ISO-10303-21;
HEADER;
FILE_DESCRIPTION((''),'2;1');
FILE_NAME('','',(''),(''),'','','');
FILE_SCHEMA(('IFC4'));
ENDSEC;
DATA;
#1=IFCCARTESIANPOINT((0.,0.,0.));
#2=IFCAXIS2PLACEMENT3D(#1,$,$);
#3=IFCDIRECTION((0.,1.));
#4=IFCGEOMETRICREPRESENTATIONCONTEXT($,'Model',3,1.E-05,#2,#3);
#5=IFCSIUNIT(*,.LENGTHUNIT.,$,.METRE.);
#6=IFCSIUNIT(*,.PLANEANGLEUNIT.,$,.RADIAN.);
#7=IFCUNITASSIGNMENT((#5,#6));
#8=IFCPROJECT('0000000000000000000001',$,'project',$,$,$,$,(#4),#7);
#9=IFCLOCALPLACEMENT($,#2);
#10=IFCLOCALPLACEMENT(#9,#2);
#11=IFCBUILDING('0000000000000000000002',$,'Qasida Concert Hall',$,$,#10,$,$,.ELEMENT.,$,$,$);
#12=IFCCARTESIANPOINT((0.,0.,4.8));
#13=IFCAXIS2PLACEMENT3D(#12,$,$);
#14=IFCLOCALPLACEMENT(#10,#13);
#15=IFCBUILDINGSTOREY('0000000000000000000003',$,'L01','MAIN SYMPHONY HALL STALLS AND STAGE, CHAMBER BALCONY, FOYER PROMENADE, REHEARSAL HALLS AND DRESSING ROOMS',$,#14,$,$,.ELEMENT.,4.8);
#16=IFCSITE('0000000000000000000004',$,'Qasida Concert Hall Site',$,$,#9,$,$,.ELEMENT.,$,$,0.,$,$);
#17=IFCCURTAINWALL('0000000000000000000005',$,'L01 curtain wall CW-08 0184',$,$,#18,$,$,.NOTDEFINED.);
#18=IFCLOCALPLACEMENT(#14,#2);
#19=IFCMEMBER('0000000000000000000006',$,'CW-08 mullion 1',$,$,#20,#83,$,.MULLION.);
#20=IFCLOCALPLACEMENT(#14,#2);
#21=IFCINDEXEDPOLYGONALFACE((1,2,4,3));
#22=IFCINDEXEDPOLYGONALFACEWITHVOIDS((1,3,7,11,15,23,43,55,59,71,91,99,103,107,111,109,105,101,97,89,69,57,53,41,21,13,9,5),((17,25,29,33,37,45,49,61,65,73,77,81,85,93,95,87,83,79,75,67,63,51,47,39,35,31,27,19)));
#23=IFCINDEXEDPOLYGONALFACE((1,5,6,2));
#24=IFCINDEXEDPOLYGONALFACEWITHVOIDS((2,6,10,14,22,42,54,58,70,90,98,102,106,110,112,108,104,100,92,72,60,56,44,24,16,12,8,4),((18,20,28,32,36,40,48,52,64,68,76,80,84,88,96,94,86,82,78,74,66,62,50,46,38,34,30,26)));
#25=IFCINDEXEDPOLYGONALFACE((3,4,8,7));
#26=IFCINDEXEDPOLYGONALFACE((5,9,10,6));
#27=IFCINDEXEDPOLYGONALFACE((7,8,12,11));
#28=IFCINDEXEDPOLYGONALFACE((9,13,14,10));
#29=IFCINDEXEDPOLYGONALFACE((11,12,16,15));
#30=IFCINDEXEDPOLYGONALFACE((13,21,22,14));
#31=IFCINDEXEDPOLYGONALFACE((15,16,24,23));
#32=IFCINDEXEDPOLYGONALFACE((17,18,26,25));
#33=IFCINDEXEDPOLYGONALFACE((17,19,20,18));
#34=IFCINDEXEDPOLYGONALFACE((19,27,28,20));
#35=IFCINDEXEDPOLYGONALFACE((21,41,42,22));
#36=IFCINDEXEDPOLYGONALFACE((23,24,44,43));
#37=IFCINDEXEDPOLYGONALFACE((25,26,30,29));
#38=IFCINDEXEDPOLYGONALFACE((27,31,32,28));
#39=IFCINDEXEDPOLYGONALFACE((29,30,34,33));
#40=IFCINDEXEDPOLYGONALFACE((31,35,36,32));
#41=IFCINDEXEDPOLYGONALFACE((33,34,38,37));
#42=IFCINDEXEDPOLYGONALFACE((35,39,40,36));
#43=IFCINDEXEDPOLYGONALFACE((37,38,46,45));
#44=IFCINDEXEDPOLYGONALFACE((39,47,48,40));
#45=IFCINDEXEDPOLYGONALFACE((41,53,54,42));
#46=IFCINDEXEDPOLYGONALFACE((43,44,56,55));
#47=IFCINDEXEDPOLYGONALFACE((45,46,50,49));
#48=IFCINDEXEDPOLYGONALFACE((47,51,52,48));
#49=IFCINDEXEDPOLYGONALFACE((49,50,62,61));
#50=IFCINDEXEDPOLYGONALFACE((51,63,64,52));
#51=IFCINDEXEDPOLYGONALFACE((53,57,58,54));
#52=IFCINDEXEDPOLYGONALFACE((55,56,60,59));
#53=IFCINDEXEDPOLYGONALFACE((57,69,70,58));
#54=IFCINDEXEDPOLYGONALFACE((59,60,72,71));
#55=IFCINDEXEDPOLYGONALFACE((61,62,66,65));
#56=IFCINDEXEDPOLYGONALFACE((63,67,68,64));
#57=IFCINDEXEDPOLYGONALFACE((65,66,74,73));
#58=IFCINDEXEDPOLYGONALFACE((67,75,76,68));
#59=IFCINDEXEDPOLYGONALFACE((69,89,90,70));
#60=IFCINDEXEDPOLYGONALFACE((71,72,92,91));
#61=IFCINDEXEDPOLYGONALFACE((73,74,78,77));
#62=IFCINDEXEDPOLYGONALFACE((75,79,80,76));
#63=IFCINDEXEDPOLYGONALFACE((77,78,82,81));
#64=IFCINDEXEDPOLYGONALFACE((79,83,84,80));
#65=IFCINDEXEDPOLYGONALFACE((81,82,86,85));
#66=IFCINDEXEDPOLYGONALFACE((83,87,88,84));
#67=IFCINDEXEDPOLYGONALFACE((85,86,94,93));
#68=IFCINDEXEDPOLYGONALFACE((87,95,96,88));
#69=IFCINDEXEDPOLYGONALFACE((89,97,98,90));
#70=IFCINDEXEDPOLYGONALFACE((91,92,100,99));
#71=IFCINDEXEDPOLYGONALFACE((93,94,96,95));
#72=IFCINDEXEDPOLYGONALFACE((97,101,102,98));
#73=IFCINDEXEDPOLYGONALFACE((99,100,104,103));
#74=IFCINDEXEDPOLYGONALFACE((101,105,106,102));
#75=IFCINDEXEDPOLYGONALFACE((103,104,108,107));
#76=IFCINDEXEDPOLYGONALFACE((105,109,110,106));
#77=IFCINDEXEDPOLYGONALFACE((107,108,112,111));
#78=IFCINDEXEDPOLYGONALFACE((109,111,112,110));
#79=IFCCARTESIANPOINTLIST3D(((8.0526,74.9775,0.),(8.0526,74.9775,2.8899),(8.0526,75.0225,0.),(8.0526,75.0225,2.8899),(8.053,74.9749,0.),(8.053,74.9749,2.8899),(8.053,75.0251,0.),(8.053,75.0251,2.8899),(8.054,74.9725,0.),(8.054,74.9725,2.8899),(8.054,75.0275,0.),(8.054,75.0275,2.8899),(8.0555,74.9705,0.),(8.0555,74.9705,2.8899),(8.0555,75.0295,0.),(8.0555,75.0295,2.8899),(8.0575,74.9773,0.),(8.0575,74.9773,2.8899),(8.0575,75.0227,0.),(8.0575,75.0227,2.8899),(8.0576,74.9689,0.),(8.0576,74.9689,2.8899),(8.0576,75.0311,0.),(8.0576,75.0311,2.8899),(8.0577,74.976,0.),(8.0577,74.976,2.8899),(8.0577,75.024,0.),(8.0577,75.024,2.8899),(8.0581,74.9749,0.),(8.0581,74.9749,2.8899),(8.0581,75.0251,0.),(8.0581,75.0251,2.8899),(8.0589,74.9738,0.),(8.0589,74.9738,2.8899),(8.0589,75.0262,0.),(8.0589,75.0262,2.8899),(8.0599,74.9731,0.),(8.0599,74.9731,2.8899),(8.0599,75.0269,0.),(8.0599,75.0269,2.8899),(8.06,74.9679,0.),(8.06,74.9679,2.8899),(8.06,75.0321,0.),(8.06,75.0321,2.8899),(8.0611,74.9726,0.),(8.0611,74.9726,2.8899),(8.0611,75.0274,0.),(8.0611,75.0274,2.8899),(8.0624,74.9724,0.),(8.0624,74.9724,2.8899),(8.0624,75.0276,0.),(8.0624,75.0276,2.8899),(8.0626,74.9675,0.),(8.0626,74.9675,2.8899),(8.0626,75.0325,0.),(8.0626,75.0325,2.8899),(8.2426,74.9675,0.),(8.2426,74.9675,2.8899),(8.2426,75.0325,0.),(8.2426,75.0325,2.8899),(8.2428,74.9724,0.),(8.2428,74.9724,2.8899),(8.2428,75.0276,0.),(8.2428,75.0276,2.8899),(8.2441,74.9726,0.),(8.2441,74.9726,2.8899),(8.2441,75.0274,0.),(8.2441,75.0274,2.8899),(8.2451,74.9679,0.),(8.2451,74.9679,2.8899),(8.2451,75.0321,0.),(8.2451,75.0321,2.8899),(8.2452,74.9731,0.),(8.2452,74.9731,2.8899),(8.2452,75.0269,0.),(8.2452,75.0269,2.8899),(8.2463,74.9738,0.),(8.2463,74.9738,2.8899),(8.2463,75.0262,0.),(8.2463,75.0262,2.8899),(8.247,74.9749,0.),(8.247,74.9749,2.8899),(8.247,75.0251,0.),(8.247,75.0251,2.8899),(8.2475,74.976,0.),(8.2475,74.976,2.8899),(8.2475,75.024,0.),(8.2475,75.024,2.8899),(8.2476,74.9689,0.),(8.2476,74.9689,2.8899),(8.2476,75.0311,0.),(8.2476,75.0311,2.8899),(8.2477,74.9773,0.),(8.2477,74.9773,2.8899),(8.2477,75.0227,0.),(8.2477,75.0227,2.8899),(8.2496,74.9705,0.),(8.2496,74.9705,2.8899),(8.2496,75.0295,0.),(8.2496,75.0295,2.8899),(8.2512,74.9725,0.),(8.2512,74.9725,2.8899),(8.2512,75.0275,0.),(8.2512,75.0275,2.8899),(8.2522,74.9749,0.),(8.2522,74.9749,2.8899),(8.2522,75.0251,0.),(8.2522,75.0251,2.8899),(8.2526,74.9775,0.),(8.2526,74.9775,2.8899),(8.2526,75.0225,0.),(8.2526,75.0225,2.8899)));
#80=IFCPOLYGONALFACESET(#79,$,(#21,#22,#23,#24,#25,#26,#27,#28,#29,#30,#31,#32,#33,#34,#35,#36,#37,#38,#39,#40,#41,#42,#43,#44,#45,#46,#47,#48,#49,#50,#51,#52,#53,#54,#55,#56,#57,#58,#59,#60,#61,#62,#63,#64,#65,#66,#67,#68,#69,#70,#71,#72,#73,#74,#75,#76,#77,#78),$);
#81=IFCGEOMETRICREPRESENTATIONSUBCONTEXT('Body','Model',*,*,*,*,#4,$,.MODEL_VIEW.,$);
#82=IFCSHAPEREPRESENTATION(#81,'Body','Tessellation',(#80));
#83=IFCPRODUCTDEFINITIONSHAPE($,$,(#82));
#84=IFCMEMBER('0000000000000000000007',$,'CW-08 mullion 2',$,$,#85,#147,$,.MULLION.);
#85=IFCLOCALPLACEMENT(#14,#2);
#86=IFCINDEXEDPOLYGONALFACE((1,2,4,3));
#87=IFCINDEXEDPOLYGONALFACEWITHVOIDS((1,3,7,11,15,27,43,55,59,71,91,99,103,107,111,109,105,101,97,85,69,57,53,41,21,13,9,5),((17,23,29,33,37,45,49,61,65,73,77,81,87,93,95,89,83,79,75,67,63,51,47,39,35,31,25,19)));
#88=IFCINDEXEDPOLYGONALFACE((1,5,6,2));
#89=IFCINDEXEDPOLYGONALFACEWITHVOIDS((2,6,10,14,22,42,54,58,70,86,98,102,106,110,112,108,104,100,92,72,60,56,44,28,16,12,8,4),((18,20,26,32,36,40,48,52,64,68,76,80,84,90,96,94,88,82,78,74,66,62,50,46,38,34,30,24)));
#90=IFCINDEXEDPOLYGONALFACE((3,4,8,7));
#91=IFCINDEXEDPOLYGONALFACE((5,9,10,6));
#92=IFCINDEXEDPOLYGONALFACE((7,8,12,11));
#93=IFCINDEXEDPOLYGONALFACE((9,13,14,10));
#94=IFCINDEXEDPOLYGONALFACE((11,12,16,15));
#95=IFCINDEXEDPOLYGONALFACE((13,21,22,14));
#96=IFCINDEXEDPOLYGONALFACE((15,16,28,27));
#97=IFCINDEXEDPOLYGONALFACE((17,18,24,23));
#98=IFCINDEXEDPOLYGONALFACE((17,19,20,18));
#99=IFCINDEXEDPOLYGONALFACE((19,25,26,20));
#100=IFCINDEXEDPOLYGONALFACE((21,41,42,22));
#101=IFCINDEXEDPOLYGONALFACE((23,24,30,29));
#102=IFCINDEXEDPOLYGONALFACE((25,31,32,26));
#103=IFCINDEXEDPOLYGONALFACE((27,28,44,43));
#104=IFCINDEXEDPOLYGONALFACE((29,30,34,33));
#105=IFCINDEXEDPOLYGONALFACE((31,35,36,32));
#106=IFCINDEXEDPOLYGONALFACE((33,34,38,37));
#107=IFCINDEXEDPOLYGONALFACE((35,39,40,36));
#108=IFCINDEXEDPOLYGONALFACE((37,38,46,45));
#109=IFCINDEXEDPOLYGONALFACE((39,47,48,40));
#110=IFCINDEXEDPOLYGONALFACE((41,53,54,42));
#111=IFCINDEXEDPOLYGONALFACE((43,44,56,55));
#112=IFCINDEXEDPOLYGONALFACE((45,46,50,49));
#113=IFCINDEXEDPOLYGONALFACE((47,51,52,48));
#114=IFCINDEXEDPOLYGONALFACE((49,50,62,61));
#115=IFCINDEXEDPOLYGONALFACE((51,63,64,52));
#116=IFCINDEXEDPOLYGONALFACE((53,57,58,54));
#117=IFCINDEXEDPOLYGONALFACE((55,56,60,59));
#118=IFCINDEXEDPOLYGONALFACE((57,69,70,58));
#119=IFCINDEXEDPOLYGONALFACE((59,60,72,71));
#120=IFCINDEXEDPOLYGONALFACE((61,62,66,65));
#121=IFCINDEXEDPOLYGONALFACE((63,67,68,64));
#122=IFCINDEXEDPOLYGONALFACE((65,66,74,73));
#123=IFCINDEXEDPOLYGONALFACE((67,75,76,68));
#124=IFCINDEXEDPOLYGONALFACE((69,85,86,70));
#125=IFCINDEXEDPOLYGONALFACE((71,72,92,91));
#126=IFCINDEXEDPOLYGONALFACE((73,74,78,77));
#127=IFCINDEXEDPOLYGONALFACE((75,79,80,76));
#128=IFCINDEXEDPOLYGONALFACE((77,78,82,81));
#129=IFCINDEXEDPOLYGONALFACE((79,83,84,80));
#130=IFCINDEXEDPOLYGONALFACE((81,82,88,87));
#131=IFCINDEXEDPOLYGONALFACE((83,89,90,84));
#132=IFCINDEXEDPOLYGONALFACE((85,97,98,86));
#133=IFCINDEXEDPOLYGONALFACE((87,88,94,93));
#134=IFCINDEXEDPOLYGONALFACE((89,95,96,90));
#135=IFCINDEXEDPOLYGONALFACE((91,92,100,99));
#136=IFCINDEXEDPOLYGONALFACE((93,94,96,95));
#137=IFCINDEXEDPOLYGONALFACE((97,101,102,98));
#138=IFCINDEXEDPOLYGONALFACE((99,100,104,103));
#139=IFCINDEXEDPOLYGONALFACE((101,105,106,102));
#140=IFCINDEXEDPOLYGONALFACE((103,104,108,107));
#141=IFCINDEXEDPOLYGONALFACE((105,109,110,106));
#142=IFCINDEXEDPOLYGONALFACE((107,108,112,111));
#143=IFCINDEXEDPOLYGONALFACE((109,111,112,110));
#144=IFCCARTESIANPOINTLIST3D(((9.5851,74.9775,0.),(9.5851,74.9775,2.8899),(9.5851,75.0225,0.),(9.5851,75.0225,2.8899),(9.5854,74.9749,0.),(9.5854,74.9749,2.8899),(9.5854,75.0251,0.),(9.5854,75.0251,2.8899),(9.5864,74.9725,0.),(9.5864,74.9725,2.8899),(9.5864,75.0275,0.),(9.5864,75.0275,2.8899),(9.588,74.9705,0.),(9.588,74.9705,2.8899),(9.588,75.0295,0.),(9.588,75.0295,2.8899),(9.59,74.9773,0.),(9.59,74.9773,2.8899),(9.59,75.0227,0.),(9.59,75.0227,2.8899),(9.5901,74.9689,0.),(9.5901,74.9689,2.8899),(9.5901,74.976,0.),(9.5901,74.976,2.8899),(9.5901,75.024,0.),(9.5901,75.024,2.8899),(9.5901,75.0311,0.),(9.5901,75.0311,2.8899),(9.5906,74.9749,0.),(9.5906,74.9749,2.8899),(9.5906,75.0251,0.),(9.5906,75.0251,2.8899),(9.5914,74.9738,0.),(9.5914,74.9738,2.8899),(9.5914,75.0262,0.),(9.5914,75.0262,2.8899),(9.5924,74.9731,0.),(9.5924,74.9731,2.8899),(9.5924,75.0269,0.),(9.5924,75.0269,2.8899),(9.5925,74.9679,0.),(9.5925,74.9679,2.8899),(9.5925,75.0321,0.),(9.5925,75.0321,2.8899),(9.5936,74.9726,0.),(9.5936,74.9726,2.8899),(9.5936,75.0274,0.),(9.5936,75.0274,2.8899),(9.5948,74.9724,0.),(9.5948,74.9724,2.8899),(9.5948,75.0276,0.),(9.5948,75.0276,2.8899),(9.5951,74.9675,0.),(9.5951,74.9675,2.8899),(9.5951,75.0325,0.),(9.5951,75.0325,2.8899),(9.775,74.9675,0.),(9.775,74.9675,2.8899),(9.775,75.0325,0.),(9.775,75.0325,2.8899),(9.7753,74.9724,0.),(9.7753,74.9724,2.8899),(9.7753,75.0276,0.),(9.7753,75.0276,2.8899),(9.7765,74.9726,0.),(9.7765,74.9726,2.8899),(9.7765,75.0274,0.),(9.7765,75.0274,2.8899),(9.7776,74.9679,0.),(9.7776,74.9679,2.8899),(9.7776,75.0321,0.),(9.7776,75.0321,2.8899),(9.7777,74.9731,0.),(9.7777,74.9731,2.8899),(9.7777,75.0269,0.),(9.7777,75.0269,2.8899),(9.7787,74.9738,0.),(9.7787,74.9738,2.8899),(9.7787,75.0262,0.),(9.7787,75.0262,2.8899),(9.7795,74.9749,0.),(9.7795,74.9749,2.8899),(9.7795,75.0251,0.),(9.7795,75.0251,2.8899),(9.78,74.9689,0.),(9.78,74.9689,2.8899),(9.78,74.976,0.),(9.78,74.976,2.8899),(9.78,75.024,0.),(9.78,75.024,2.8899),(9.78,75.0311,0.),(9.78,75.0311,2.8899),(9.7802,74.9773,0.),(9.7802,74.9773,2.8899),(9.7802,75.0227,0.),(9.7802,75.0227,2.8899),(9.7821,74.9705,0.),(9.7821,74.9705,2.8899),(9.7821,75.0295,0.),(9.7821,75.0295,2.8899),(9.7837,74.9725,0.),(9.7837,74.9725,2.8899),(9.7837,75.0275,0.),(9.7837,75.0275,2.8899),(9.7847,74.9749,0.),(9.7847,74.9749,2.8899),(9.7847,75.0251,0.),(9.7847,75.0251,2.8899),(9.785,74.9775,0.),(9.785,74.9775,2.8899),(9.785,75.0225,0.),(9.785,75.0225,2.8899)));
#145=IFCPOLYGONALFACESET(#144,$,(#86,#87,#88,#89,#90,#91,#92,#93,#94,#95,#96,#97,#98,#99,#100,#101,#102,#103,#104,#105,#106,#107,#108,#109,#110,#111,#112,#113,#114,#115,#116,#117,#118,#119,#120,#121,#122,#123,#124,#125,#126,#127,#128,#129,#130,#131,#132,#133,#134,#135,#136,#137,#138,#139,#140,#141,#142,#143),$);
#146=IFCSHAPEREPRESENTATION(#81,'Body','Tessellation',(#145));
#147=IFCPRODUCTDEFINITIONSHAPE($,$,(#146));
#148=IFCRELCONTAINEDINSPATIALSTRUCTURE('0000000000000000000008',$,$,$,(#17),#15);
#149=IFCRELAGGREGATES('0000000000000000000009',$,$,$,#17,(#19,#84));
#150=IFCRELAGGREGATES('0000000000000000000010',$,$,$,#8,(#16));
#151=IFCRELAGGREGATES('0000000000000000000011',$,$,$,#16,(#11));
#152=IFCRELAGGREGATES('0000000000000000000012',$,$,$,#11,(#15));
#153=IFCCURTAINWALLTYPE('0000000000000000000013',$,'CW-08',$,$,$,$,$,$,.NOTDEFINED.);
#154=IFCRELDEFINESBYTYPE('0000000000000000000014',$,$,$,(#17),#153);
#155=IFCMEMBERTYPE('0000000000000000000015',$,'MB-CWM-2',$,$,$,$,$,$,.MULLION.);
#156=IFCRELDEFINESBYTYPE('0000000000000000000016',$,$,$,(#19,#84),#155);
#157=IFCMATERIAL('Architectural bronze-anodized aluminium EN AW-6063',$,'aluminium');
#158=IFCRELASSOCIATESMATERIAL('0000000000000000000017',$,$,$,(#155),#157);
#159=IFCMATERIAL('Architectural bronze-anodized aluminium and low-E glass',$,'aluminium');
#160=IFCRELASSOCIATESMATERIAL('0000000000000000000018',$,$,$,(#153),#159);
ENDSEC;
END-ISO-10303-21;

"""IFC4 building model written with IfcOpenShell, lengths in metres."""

from ifc_helpers import new_model, si_unit, direction, frame, origin, origin_2d, place, context, subcontext, project, spatial, hollow_rectangle, extrude, material, material_profile, profile_set, type_object, element, aggregate, save


model = new_model("IFC4")

# Units and contexts
model_context = context("Model", 3, precision=1e-05, world=origin(), true_north=direction((0.0, 1.0)))
body_context = subcontext(model_context, "Body", "Model", "MODEL_VIEW")
ifc_project = project(units=[si_unit("LENGTHUNIT", "METRE"), si_unit("PLANEANGLEUNIT", "RADIAN")], contexts=[model_context])

# Site, building, storey
site_placement = place(None, origin())
site = spatial("IfcSite", under=ifc_project, at=site_placement, Name="Qasida Concert Hall Site", CompositionType="ELEMENT", RefElevation=0.0)
building_placement = place(site_placement, origin())
building = spatial("IfcBuilding", under=site, at=building_placement, Name="Qasida Concert Hall", CompositionType="ELEMENT")
storey_placement = place(building_placement, frame((0.0, 0.0, 4.8)))
storey = spatial("IfcBuildingStorey", under=building, at=storey_placement, Name="L01", Description="MAIN SYMPHONY HALL STALLS AND STAGE, CHAMBER BALCONY, FOYER PROMENADE, REHEARSAL HALLS AND DRESSING ROOMS", CompositionType="ELEMENT", Elevation=4.8)

# Curtain wall, members
ifc_material_1 = material(Name="Architectural bronze-anodized aluminium and low-E glass", Category="aluminium")
ifc_material_2 = material(Name="Architectural bronze-anodized aluminium EN AW-6063", Category="aluminium")
ifc_material_profile_1 = material_profile(ifc_material_2, hollow_rectangle(XDim=0.0649, YDim=0.2, WallThickness=0.0049, InnerFilletRadius=0.0049, OuterFilletRadius=0.01, at=origin_2d()), Name="CWM 200x65x5")
ifc_profile_set_1 = profile_set([ifc_material_profile_1], Name="Architectural bronze-anodized aluminium EN AW-6063")
member_type_1 = type_object("IfcMemberType", Name="MB-CWM-2", PredefinedType="MULLION", material=ifc_profile_set_1)
curtain_wall_type_1 = type_object("IfcCurtainWallType", Name="CW-08", PredefinedType="NOTDEFINED", material=ifc_material_1)
curtain_wall_1_placement = place(storey_placement, origin())
curtain_wall_1 = element("IfcCurtainWall", 1, at=curtain_wall_1_placement, inside=storey, type_object=curtain_wall_type_1, Name="L01 curtain wall CW-08 0184", PredefinedType="NOTDEFINED")
member_1_placement = place(storey_placement, frame((8.1526, 75.0, 0.0), z_axis=(0.0, 0.0, 1.0), x_axis=(0.0, 1.0, 0.0)))
member_1 = element("IfcMember", 2, at=member_1_placement, type_object=member_type_1, Name="CW-08 mullion 1", PredefinedType="MULLION", context=body_context, shape_type="SweptSolid", body=[
    extrude(hollow_rectangle(XDim=0.0649, YDim=0.2, WallThickness=0.0049, InnerFilletRadius=0.0049, OuterFilletRadius=0.01, at=origin_2d()), origin(), (0.0, 0.0, 1.0), 2.8899),
])
member_2_placement = place(storey_placement, frame((9.6851, 75.0, 0.0), z_axis=(0.0, 0.0, 1.0), x_axis=(0.0, 1.0, 0.0)))
member_2 = element("IfcMember", 3, at=member_2_placement, type_object=member_type_1, Name="CW-08 mullion 2", PredefinedType="MULLION", context=body_context, shape_type="SweptSolid", body=[
    extrude(hollow_rectangle(XDim=0.0649, YDim=0.2, WallThickness=0.0049, InnerFilletRadius=0.0049, OuterFilletRadius=0.01, at=origin_2d()), origin(), (0.0, 0.0, 1.0), 2.8899),
])

aggregate(curtain_wall_1, [member_1, member_2])

save(model, "model.ifc")
